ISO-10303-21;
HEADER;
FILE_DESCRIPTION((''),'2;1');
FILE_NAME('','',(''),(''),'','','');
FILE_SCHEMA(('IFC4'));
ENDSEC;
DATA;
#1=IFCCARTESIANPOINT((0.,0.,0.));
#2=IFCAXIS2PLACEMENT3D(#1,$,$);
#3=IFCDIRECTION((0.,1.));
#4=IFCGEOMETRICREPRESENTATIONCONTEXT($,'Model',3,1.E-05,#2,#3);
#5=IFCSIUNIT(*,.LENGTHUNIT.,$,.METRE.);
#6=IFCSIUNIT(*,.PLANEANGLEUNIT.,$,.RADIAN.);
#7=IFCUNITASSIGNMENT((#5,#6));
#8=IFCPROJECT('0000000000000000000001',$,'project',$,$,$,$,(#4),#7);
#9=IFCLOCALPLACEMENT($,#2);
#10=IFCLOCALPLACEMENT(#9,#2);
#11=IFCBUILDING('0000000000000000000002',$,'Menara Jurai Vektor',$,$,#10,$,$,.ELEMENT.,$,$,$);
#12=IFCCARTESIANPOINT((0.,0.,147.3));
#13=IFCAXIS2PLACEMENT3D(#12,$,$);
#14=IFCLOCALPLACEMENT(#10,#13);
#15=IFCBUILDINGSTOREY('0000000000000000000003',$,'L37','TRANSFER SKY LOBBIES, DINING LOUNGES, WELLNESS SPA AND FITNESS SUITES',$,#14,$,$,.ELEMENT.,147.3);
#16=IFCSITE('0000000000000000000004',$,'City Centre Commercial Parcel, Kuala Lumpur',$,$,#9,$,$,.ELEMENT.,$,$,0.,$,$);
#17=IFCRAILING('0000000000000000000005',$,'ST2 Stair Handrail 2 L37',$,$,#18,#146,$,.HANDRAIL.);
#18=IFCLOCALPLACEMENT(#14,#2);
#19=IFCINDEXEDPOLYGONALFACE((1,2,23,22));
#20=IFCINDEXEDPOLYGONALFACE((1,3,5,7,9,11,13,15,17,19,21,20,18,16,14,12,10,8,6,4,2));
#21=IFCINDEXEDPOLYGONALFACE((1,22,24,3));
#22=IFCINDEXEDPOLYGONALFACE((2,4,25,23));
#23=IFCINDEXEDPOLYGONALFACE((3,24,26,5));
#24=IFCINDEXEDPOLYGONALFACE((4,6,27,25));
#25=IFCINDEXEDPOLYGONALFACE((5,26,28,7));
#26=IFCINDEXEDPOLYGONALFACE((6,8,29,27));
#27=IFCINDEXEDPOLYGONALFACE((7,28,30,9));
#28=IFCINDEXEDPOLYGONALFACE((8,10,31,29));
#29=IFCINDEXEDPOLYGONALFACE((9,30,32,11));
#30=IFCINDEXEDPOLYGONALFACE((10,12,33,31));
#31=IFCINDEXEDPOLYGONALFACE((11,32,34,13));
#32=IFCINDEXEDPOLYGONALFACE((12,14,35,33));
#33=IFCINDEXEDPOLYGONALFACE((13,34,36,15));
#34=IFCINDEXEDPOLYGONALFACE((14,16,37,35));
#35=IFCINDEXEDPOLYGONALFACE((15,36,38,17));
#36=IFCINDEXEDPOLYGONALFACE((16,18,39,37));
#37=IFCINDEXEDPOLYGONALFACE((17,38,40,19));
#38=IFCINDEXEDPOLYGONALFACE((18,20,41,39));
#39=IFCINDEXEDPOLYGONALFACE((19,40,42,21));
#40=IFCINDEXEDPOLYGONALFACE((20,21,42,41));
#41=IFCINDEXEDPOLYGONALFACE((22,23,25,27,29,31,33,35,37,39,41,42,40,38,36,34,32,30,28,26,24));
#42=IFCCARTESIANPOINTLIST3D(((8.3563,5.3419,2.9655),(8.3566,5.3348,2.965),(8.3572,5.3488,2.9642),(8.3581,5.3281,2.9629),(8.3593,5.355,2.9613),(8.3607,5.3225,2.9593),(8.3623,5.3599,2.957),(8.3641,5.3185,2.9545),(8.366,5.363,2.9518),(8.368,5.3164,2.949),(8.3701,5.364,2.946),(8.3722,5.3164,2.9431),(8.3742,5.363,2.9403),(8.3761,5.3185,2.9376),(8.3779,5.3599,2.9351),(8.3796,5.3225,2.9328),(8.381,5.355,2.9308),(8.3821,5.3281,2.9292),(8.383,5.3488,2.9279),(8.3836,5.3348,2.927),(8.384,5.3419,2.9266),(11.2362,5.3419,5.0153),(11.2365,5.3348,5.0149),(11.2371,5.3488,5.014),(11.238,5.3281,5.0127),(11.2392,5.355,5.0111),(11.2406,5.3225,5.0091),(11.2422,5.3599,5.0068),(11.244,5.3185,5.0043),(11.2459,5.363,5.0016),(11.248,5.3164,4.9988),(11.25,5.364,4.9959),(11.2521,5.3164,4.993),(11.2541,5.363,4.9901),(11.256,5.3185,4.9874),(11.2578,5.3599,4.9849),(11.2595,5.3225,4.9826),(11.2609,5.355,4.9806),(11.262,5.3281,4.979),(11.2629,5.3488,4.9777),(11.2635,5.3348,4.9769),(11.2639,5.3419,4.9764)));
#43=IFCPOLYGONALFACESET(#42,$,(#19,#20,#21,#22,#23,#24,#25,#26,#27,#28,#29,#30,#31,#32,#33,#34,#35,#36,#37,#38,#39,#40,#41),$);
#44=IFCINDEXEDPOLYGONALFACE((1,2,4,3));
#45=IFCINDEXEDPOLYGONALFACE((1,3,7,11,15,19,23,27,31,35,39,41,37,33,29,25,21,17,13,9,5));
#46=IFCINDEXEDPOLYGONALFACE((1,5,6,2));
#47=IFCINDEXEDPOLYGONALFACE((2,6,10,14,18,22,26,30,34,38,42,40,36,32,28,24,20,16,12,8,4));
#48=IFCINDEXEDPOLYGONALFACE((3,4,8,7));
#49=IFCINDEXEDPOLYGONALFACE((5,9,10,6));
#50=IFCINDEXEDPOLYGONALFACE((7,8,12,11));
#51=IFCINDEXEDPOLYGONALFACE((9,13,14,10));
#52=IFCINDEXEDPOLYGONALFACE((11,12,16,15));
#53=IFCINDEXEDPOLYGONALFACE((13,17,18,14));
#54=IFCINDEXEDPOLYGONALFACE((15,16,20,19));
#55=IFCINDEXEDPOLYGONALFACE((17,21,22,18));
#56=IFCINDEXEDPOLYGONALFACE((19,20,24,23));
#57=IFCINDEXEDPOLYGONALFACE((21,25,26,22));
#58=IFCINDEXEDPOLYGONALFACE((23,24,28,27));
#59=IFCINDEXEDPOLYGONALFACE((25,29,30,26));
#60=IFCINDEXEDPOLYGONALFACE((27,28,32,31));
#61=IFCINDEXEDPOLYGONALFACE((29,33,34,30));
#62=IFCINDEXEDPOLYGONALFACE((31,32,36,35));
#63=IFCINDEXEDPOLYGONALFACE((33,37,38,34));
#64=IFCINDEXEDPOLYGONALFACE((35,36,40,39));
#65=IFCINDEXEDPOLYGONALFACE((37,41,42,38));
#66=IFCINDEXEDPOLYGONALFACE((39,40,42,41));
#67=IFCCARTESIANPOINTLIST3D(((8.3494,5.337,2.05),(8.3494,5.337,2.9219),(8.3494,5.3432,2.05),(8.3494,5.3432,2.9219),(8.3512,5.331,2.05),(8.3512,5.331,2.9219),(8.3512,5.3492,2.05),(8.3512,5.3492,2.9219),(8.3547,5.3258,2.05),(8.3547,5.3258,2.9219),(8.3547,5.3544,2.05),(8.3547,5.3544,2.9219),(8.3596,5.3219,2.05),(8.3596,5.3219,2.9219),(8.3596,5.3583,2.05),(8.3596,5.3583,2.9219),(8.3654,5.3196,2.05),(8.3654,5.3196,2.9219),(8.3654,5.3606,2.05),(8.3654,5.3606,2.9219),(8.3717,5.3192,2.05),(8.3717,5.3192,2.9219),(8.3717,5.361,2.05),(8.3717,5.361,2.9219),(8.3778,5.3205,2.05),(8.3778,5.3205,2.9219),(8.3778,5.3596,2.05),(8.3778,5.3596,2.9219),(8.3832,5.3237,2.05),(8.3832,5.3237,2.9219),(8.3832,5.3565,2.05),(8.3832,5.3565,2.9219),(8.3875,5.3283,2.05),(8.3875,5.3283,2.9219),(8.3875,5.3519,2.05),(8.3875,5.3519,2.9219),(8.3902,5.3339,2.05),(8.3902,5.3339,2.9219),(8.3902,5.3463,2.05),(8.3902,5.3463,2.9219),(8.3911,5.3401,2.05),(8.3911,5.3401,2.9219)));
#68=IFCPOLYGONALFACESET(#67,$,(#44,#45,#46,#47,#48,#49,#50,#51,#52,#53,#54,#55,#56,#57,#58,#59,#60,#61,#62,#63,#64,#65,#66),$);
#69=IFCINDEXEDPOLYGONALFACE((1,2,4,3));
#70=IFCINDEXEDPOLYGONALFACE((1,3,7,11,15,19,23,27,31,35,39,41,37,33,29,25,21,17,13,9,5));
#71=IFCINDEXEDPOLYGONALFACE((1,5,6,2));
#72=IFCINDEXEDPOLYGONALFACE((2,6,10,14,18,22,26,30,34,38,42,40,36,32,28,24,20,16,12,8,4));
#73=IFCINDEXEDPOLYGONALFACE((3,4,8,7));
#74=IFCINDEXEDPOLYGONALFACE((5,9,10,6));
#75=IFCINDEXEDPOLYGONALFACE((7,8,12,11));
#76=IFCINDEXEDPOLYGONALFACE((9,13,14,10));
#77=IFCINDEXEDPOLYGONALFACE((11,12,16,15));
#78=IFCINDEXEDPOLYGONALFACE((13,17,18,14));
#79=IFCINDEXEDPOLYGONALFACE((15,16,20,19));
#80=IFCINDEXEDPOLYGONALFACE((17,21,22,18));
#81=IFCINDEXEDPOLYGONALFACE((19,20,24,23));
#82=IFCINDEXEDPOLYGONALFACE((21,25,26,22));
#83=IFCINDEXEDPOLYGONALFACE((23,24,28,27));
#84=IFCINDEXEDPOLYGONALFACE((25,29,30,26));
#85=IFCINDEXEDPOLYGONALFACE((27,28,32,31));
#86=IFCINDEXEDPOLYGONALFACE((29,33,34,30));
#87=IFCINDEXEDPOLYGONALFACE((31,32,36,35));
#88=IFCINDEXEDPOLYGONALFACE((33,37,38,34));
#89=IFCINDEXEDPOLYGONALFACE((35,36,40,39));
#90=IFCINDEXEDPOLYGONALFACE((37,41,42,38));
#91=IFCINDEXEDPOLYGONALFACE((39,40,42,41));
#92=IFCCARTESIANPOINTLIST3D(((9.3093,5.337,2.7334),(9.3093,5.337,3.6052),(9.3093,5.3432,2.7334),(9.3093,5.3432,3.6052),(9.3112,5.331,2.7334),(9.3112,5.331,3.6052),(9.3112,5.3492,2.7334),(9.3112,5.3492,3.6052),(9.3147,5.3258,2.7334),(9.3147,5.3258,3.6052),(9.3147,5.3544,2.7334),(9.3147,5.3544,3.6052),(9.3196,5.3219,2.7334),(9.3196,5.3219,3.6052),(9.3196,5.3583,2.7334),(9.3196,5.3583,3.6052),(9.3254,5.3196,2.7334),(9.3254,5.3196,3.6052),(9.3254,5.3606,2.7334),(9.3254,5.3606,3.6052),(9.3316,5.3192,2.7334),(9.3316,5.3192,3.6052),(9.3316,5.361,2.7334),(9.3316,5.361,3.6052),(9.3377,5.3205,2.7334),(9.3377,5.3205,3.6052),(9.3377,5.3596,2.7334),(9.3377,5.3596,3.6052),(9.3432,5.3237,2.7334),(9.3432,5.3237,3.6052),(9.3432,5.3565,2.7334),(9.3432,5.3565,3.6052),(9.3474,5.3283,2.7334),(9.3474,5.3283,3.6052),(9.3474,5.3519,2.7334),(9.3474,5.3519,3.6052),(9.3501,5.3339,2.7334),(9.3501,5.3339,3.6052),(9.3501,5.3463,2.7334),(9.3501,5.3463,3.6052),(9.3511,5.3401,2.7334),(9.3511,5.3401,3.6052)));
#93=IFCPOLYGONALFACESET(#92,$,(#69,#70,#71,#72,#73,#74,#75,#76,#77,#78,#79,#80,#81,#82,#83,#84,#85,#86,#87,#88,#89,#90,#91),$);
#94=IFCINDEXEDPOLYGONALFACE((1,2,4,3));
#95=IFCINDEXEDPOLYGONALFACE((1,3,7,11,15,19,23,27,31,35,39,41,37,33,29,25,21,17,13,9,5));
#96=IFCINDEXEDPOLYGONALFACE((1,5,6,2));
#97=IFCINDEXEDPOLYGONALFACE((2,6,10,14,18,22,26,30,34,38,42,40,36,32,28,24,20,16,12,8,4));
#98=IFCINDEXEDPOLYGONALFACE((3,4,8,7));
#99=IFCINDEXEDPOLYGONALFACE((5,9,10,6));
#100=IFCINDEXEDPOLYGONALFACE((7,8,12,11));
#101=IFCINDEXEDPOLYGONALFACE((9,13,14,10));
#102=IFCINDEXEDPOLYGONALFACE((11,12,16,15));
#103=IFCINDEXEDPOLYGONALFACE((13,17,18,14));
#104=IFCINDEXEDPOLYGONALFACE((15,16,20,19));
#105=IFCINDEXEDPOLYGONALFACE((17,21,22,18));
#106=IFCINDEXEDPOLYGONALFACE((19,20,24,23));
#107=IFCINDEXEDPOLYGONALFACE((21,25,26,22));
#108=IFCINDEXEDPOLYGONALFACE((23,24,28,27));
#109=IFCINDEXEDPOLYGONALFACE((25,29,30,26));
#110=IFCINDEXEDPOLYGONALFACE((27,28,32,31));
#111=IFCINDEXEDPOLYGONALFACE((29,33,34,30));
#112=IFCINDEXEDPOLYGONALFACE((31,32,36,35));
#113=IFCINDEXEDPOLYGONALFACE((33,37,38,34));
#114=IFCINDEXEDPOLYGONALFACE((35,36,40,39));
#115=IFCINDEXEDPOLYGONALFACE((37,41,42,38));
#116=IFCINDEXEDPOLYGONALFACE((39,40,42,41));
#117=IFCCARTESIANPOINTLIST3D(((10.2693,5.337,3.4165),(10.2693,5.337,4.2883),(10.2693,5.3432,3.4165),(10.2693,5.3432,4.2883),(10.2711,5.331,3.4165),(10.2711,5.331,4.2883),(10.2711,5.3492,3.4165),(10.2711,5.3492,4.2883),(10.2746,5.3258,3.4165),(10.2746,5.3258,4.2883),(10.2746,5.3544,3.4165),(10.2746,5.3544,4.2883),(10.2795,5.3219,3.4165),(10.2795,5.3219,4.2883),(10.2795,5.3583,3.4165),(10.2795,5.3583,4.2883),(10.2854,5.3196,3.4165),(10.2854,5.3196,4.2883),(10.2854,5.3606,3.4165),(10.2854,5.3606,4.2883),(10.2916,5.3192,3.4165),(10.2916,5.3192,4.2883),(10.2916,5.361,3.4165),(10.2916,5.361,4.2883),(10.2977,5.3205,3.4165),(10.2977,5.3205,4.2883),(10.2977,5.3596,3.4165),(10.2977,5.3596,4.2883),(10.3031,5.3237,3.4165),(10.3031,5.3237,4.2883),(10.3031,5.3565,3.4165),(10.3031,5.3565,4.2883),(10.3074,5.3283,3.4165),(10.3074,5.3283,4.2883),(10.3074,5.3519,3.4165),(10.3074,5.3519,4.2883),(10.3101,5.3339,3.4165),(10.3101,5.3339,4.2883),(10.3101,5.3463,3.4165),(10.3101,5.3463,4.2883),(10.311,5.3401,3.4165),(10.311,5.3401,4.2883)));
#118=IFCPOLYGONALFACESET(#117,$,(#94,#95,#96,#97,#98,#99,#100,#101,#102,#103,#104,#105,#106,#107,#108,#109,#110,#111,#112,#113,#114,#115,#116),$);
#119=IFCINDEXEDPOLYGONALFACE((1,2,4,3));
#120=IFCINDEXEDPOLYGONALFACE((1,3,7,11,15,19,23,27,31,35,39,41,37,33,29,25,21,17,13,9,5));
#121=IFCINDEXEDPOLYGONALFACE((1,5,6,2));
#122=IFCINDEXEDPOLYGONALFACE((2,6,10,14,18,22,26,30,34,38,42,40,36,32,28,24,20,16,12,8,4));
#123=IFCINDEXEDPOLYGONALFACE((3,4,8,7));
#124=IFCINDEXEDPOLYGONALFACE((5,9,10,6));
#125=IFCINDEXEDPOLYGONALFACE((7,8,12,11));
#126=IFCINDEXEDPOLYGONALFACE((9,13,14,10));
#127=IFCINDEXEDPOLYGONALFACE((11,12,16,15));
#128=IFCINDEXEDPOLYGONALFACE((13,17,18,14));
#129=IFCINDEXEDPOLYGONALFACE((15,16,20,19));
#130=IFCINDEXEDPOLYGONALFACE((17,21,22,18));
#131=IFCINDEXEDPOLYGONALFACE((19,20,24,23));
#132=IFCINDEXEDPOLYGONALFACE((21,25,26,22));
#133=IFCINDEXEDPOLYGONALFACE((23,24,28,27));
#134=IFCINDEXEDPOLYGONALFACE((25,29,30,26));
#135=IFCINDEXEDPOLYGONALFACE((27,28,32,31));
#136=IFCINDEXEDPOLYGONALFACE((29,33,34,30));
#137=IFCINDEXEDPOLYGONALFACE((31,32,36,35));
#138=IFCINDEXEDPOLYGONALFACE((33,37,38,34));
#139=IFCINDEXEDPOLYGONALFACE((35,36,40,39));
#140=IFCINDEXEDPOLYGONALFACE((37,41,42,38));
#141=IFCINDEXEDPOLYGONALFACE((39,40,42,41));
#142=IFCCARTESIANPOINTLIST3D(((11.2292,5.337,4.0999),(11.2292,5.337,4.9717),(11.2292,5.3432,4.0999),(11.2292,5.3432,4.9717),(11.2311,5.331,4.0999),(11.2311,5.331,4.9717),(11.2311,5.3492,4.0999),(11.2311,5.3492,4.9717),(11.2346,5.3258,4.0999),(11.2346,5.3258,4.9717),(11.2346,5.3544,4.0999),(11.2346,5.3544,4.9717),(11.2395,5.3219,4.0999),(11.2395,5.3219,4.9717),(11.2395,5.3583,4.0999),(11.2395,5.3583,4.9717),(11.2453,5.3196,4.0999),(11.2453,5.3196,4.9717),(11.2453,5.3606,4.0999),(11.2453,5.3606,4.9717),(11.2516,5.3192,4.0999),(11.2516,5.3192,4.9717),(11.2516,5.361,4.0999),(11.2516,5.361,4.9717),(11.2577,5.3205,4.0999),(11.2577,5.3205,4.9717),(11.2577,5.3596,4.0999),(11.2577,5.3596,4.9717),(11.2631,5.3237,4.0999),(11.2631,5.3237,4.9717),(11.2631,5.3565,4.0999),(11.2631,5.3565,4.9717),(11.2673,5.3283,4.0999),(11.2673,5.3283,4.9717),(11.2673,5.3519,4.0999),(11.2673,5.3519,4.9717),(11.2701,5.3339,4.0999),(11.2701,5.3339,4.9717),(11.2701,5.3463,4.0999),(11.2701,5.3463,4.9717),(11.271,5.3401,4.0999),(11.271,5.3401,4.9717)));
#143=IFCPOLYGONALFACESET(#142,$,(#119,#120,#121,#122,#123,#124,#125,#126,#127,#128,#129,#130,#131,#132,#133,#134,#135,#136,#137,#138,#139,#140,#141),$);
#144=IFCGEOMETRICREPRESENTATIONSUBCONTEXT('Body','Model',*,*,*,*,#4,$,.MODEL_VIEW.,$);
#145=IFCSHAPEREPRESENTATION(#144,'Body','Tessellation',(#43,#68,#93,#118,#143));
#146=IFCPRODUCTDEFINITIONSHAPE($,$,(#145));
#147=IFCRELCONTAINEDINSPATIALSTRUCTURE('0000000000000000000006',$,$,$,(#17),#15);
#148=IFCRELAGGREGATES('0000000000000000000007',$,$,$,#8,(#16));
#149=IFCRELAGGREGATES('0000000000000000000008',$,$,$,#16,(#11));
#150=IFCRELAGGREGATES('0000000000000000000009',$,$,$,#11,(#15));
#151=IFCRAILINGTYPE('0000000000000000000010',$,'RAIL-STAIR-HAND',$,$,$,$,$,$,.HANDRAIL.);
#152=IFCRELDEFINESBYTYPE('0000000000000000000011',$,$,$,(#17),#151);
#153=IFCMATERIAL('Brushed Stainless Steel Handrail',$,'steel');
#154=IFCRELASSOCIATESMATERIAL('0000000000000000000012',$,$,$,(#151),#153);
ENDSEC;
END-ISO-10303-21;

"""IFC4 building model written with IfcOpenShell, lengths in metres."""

from ifc_helpers import new_model, si_unit, direction, frame, origin, origin_2d, place, context, subcontext, project, spatial, circle, extrude, material, type_object, element, save


model = new_model("IFC4")

# Units and contexts
model_context = context("Model", 3, precision=1e-05, world=origin(), true_north=direction((0.0, 1.0)))
body_context = subcontext(model_context, "Body", "Model", "MODEL_VIEW")
ifc_project = project(units=[si_unit("LENGTHUNIT", "METRE"), si_unit("PLANEANGLEUNIT", "RADIAN")], contexts=[model_context])

# Site, building, storey
site_placement = place(None, origin())
site = spatial("IfcSite", under=ifc_project, at=site_placement, Name="City Centre Commercial Parcel, Kuala Lumpur", CompositionType="ELEMENT", RefElevation=0.0)
building_placement = place(site_placement, origin())
building = spatial("IfcBuilding", under=site, at=building_placement, Name="Menara Jurai Vektor", CompositionType="ELEMENT")
storey_placement = place(building_placement, frame((0.0, 0.0, 147.3)))
storey = spatial("IfcBuildingStorey", under=building, at=storey_placement, Name="L37", Description="TRANSFER SKY LOBBIES, DINING LOUNGES, WELLNESS SPA AND FITNESS SUITES", CompositionType="ELEMENT", Elevation=147.3)

# Railing
ifc_material_1 = material(Name="Brushed Stainless Steel Handrail", Category="steel")
railing_type_1 = type_object("IfcRailingType", Name="RAIL-STAIR-HAND", PredefinedType="HANDRAIL", material=ifc_material_1)
railing_1_placement = place(storey_placement, frame((8.3701, 5.3401, 2.05)))
element("IfcRailing", 1, at=railing_1_placement, inside=storey, type_object=railing_type_1, Name="ST2 Stair Handrail 2 L37", PredefinedType="HANDRAIL", context=body_context, shape_type="SweptSolid", body=[
    extrude(circle(Radius=0.0239, at=origin_2d()), frame((0.0, 0.0, 0.896), z_axis=(0.814703, 0.0, 0.579878), x_axis=(0.0, 1.0, 0.0)), (0.0, 0.0, 1.0), 3.5349),
    extrude(circle(Radius=0.021, at=origin_2d()), origin(), (0.0, 0.0, 1.0), 0.8718),
    extrude(circle(Radius=0.021, at=origin_2d()), frame((0.96, 0.0, 0.6833)), (0.0, 0.0, 1.0), 0.8718),
    extrude(circle(Radius=0.021, at=origin_2d()), frame((1.9199, 0.0, 1.3665)), (0.0, 0.0, 1.0), 0.8718),
    extrude(circle(Radius=0.021, at=origin_2d()), frame((2.8799, 0.0, 2.0498)), (0.0, 0.0, 1.0), 0.8718),
])

save(model, "model.ifc")
